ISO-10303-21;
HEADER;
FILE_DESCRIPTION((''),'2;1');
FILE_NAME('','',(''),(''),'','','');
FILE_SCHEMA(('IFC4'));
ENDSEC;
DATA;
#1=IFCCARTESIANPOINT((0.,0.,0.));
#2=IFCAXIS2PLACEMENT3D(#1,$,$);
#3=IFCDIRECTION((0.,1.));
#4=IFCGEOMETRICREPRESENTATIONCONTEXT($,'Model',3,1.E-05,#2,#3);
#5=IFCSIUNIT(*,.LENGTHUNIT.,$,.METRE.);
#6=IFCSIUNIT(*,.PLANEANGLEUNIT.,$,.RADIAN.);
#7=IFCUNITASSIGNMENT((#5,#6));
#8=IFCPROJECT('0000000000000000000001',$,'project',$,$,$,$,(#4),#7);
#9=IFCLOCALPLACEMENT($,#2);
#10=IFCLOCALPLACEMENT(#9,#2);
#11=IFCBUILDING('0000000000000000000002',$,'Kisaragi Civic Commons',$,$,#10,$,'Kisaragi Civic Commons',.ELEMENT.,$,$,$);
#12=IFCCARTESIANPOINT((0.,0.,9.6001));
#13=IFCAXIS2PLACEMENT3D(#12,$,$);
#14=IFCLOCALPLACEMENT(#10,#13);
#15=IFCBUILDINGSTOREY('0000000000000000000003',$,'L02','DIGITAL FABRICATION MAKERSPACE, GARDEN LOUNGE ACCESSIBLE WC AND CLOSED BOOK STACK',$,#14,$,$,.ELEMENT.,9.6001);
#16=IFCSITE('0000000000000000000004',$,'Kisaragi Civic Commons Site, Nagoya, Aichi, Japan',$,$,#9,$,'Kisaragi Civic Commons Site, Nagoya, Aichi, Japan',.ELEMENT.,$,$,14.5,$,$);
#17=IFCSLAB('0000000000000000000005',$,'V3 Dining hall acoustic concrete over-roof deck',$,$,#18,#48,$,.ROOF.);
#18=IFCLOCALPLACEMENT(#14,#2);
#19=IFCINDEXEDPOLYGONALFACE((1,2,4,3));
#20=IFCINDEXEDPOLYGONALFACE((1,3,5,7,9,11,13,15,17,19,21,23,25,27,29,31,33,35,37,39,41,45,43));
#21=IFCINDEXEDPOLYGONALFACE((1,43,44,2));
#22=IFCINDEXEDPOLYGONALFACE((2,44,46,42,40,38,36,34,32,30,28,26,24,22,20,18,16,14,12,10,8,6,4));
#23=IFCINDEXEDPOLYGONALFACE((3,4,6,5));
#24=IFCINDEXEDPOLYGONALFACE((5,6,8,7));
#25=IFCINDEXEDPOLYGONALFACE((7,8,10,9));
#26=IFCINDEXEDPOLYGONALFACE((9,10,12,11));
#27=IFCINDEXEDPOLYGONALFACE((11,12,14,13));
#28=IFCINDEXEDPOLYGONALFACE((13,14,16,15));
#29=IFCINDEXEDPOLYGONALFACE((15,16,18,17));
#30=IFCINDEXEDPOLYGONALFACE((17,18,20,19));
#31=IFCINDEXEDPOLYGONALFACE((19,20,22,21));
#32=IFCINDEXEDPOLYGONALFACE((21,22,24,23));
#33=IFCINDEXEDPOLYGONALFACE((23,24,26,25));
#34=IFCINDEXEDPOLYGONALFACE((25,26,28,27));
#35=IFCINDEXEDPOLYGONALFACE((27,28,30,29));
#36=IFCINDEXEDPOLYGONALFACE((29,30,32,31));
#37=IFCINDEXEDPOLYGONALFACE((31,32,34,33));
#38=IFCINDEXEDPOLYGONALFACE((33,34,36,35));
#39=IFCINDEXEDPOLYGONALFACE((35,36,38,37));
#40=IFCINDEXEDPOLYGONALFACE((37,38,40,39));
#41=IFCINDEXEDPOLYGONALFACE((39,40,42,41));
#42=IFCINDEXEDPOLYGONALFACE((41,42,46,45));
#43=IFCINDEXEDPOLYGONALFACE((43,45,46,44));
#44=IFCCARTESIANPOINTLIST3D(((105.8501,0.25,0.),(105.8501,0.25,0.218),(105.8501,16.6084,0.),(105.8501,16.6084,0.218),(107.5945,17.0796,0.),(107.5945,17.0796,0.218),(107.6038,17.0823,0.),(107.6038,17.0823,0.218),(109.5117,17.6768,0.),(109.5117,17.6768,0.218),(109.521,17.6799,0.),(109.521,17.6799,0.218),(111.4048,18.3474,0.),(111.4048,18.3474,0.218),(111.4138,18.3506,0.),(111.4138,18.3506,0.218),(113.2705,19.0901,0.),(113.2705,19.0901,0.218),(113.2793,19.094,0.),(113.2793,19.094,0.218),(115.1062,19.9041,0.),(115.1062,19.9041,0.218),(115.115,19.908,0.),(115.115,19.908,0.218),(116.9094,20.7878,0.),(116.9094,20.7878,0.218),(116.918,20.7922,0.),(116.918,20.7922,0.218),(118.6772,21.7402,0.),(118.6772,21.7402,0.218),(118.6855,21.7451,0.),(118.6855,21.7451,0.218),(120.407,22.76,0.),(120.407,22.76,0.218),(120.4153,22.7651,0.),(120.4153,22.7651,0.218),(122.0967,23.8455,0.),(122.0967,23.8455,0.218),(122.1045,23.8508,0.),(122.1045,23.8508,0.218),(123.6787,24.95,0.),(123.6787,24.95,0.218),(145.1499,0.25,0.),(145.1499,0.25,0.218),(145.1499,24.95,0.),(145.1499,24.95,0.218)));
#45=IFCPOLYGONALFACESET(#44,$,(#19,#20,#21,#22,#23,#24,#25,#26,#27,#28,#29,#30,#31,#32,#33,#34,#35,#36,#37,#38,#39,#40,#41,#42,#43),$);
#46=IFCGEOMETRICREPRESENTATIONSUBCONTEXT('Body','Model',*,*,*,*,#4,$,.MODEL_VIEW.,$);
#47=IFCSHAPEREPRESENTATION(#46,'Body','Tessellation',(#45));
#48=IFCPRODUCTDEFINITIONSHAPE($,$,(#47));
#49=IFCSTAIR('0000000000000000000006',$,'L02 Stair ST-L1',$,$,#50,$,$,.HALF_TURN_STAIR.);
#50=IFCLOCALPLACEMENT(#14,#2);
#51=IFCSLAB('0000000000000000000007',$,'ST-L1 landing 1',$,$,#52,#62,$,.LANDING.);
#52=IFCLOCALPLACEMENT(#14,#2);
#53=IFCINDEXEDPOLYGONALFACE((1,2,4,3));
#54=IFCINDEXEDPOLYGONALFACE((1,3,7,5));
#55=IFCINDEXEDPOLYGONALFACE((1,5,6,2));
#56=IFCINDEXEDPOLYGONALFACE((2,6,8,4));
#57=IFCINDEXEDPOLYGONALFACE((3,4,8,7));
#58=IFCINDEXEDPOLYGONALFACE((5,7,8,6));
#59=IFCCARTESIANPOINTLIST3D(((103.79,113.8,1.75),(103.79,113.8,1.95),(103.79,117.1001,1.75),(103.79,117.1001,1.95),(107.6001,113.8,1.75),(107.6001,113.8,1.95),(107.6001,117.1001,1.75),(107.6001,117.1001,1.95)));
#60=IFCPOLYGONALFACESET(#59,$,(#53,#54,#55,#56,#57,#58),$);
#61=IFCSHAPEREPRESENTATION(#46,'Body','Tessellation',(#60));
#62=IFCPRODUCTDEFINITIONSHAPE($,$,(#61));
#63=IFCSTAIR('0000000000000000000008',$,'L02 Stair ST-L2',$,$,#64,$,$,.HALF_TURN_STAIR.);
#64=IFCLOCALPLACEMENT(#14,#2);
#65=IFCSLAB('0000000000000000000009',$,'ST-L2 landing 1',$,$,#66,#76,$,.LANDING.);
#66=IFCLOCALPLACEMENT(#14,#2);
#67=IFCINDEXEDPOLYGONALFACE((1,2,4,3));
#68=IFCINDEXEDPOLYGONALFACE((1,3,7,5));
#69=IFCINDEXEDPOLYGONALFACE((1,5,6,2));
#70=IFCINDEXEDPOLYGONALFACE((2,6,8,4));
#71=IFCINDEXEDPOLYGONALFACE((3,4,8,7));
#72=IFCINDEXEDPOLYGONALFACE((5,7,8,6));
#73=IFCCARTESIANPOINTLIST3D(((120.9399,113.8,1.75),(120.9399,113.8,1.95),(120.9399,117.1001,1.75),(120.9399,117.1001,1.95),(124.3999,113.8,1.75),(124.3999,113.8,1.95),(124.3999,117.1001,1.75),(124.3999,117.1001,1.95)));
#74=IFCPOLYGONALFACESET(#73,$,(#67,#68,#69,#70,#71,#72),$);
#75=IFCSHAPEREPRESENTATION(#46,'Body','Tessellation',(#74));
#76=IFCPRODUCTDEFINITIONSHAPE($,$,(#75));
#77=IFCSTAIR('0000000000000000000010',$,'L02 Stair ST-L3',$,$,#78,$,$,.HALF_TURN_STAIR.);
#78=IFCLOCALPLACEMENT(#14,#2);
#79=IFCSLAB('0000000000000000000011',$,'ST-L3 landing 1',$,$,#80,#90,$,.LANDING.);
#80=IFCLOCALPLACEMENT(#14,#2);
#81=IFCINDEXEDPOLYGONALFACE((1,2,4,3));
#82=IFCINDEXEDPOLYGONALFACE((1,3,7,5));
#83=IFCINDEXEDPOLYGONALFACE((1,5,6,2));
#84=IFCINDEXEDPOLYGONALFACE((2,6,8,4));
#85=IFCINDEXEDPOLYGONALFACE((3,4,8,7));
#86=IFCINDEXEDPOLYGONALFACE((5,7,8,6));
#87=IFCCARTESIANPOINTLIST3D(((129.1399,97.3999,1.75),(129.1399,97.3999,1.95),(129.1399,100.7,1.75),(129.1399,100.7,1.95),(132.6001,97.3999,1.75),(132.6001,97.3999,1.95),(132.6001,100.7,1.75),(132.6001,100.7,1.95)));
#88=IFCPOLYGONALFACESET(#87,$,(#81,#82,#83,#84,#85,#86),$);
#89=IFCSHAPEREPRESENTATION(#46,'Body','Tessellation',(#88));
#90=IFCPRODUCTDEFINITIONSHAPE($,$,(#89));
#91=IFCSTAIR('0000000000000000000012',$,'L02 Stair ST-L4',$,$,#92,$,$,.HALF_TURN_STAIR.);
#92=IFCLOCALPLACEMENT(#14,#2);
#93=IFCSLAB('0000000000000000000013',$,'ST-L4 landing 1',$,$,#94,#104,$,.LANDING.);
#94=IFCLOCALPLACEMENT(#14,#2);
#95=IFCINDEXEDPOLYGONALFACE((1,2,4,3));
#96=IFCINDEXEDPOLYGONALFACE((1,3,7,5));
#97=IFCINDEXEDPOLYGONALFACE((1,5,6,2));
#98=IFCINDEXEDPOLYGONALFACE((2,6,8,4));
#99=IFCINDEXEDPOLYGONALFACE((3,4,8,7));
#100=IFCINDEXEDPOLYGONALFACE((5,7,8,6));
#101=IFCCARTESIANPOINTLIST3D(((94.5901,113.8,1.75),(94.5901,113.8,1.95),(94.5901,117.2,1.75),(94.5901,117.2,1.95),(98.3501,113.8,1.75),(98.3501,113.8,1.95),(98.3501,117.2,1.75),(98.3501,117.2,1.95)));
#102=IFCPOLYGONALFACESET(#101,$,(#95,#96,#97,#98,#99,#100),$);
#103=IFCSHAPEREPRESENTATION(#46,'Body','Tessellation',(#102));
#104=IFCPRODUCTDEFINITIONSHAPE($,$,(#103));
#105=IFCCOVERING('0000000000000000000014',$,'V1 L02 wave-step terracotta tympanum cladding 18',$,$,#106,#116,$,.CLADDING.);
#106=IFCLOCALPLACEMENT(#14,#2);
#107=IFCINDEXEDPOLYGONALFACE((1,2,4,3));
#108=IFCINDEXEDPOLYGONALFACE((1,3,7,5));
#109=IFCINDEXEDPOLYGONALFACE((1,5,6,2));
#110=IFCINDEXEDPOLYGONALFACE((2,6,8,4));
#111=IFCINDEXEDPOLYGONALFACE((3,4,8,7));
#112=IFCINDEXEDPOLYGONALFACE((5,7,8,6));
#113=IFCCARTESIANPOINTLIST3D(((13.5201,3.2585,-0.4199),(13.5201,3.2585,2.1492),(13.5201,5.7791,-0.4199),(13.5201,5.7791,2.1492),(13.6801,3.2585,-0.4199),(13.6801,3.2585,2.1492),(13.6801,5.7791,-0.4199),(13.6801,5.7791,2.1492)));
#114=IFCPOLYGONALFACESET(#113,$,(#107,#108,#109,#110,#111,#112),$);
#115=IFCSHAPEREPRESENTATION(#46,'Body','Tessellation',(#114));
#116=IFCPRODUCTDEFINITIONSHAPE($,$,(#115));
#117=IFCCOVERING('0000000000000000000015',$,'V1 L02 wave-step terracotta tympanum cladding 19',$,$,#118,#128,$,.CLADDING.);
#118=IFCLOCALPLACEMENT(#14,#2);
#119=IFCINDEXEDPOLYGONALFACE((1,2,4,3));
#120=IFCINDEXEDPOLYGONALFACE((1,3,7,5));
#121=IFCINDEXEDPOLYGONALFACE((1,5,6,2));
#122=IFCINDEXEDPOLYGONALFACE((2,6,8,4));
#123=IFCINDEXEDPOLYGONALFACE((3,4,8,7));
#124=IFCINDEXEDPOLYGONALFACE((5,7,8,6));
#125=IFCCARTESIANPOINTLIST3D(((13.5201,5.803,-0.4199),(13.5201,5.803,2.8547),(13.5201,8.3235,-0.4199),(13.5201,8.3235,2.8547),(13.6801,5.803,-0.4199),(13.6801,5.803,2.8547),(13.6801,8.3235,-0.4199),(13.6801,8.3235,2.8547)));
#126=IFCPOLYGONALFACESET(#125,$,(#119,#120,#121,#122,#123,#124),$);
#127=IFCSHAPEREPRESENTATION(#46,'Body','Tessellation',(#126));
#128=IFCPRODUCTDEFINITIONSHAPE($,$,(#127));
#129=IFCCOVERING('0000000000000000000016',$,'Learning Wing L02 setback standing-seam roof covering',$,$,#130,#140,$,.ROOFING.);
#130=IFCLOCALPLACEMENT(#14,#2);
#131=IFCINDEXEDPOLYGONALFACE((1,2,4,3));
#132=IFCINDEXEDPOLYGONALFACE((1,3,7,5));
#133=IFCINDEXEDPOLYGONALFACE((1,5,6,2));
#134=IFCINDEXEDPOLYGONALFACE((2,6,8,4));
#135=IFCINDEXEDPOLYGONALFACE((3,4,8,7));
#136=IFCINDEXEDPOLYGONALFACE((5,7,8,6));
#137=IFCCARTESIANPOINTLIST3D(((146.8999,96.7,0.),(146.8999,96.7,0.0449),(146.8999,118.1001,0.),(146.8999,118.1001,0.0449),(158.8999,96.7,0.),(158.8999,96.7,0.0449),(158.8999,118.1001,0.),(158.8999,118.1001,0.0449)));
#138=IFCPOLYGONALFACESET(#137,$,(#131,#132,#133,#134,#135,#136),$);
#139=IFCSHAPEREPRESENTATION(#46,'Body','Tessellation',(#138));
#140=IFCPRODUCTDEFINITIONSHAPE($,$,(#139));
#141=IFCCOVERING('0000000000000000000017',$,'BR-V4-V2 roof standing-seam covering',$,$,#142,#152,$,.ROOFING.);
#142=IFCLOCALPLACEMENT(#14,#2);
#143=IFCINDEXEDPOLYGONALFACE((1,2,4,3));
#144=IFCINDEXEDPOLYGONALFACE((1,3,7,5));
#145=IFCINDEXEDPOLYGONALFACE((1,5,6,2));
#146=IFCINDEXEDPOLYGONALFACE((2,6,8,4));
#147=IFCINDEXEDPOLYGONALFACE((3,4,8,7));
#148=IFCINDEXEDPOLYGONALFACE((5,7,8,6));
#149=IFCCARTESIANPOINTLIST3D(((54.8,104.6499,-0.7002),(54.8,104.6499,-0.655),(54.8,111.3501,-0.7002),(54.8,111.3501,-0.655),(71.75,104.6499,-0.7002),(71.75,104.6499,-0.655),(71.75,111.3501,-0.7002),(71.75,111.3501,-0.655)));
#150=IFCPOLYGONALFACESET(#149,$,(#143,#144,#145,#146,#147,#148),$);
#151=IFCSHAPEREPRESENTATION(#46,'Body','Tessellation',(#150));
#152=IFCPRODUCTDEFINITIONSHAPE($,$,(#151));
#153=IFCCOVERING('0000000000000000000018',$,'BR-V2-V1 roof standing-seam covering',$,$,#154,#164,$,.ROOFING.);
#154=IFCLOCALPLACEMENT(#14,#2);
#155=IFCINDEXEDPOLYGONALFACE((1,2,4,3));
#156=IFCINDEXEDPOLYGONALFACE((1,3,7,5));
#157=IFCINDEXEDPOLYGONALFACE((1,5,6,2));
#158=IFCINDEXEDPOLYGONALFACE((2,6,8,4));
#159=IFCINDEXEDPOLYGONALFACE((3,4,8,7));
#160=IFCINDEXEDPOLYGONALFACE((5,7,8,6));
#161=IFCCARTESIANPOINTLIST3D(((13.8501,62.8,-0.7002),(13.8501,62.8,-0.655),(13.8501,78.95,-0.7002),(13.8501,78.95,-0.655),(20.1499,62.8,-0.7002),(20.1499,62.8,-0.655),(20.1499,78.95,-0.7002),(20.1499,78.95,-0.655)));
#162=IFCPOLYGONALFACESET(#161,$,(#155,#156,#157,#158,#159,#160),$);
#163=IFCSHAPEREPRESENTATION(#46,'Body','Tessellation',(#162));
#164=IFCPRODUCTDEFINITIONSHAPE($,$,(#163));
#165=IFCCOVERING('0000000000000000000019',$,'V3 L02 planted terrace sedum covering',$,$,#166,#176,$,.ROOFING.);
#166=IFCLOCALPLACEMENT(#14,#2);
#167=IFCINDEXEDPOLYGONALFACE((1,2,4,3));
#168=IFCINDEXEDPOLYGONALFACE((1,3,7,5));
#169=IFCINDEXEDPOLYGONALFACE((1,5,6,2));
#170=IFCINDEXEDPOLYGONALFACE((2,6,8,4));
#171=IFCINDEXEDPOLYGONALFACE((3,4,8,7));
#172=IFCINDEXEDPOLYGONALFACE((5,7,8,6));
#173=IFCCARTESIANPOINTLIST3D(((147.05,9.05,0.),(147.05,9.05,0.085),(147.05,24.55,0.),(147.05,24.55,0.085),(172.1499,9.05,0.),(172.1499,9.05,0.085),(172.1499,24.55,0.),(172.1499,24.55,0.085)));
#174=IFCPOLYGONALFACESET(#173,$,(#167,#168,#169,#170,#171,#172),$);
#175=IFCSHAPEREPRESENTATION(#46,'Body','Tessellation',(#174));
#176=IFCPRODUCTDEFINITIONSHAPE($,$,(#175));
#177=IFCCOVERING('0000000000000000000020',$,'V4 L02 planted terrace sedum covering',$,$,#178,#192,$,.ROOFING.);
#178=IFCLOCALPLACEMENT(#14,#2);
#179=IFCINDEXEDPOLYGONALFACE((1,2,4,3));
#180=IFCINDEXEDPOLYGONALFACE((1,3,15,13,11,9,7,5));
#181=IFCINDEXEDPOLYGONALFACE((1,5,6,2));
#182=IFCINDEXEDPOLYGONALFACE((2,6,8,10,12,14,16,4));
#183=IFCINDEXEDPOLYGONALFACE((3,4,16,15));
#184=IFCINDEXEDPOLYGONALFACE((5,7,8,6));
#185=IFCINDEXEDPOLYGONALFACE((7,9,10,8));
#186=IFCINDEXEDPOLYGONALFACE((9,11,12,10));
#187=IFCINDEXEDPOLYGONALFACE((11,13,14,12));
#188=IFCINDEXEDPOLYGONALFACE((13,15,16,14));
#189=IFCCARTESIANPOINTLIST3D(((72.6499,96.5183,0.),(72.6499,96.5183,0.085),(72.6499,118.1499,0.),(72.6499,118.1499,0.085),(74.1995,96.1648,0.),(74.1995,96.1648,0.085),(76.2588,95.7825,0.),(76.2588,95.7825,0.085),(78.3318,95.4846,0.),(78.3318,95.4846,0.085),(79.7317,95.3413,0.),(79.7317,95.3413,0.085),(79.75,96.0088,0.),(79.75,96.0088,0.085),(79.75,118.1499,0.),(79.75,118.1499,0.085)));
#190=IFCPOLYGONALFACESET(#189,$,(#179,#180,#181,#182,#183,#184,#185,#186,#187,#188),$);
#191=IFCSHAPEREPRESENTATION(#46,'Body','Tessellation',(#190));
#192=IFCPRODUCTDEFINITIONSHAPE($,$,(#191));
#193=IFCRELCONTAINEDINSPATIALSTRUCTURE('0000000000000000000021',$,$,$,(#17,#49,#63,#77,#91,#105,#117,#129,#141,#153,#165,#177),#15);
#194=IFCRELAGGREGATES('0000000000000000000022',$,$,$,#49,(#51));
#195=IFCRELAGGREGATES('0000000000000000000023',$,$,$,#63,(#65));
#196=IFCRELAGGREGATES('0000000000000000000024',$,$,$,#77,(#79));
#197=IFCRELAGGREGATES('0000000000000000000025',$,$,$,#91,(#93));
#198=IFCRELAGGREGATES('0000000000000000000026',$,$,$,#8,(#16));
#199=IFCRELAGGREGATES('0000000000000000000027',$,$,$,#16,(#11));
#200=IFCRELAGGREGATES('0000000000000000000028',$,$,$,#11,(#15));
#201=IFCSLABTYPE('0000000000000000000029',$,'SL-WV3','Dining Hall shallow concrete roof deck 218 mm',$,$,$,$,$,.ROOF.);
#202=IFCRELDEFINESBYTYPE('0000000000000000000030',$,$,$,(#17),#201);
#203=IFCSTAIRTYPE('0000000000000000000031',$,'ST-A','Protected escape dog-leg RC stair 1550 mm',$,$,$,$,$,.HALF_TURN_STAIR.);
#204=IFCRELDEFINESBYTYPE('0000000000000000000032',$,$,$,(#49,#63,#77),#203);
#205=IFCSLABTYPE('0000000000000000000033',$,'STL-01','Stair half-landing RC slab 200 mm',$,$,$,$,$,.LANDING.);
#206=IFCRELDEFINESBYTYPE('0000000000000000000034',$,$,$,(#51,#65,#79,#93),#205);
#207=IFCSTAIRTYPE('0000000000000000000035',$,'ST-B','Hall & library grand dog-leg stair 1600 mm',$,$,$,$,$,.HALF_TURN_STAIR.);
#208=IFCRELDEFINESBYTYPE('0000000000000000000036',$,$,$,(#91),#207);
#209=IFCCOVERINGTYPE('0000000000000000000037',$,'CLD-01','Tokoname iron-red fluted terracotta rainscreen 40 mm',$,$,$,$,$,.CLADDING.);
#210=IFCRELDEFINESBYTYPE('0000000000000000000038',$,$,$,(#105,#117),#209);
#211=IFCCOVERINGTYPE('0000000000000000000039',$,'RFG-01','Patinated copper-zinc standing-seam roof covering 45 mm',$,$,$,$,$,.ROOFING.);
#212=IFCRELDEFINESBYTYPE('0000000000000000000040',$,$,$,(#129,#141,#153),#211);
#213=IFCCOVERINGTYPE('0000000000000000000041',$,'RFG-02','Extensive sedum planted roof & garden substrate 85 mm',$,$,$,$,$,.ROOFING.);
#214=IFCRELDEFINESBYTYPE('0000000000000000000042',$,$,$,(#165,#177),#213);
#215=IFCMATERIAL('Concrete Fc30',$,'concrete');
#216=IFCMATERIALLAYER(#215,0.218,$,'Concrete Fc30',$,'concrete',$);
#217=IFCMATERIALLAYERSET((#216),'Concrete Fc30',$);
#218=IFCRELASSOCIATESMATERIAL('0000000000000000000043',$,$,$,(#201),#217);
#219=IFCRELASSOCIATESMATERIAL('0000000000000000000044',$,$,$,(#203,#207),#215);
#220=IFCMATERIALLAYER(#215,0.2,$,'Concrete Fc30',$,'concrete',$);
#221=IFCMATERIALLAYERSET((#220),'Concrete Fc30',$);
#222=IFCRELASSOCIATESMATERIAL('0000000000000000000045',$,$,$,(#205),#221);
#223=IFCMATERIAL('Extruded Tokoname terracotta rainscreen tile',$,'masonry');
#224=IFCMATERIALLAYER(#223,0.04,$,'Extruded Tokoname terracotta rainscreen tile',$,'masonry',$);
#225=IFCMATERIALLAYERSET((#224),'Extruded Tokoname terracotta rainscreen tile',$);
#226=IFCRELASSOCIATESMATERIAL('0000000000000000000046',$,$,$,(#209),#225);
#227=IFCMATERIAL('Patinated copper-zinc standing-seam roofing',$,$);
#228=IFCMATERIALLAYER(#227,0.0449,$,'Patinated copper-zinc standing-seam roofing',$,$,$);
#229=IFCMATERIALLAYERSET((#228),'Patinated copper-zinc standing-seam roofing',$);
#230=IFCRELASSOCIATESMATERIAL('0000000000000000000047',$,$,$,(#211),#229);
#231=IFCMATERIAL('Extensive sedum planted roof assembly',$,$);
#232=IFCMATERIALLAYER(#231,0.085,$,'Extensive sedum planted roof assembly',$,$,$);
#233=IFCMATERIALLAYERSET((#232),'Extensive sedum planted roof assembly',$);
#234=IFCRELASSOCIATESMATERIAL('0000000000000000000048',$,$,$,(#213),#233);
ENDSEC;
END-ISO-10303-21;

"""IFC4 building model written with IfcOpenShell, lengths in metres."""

from ifc_helpers import new_model, si_unit, direction, frame, origin, origin_2d, place, context, subcontext, project, spatial, polyline, rectangle, outline, extrude, material, layer, layer_set, type_object, element, aggregate, save


model = new_model("IFC4")

# Units and contexts
model_context = context("Model", 3, precision=1e-05, world=origin(), true_north=direction((0.0, 1.0)))
body_context = subcontext(model_context, "Body", "Model", "MODEL_VIEW")
ifc_project = project(units=[si_unit("LENGTHUNIT", "METRE"), si_unit("PLANEANGLEUNIT", "RADIAN")], contexts=[model_context])

# Site, building, storey
site_placement = place(None, origin())
site = spatial("IfcSite", under=ifc_project, at=site_placement, Name="Kisaragi Civic Commons Site, Nagoya, Aichi, Japan", LongName="Kisaragi Civic Commons Site, Nagoya, Aichi, Japan", CompositionType="ELEMENT", RefElevation=14.5)
building_placement = place(site_placement, origin())
building = spatial("IfcBuilding", under=site, at=building_placement, Name="Kisaragi Civic Commons", LongName="Kisaragi Civic Commons", CompositionType="ELEMENT")
storey_placement = place(building_placement, frame((0.0, 0.0, 9.6001)))
storey = spatial("IfcBuildingStorey", under=building, at=storey_placement, Name="L02", Description="DIGITAL FABRICATION MAKERSPACE, GARDEN LOUNGE ACCESSIBLE WC AND CLOSED BOOK STACK", CompositionType="ELEMENT", Elevation=9.6001)

# Slab
ifc_material_1 = material(Name="Concrete Fc30", Category="concrete")
ifc_layer_1 = layer(ifc_material_1, 0.218, Name="Concrete Fc30", Category="concrete")
ifc_layer_set_1 = layer_set([ifc_layer_1], Name="Concrete Fc30")
slab_type_1 = type_object("IfcSlabType", Name="SL-WV3", Description="Dining Hall shallow concrete roof deck 218 mm", PredefinedType="ROOF", material=ifc_layer_set_1)
slab_1_placement = place(storey_placement, origin())
element("IfcSlab", 1, at=slab_1_placement, inside=storey, type_object=slab_type_1, Name="V3 Dining hall acoustic concrete over-roof deck", PredefinedType="ROOF", context=body_context, shape_type="SweptSolid", body=[
    extrude(outline(polyline([(145.1499, 0.25), (145.1499, 24.95), (123.6787, 24.95), (122.1045, 23.8508), (122.0967, 23.8455), (120.4153, 22.7651), (120.407, 22.76), (118.6855, 21.7451), (118.6772, 21.7402), (116.918, 20.7922), (116.9094, 20.7878), (115.115, 19.908), (115.1062, 19.9041), (113.2793, 19.094), (113.2705, 19.0901), (111.4138, 18.3506), (111.4048, 18.3474), (109.521, 17.6799), (109.5117, 17.6768), (107.6038, 17.0823), (107.5945, 17.0796), (105.8501, 16.6084), (105.8501, 0.25), (145.1499, 0.25)])), origin(), (0.0, 0.0, 1.0), 0.218),
])

# Stairs, slabs
stair_type_1 = type_object("IfcStairType", Name="ST-A", Description="Protected escape dog-leg RC stair 1550 mm", PredefinedType="HALF_TURN_STAIR", material=ifc_material_1)
stair_1_placement = place(storey_placement, origin())
stair_1 = element("IfcStair", 2, at=stair_1_placement, inside=storey, type_object=stair_type_1, Name="L02 Stair ST-L1", PredefinedType="HALF_TURN_STAIR")
ifc_layer_2 = layer(ifc_material_1, 0.2, Name="Concrete Fc30", Category="concrete")
ifc_layer_set_2 = layer_set([ifc_layer_2], Name="Concrete Fc30")
slab_type_2 = type_object("IfcSlabType", Name="STL-01", Description="Stair half-landing RC slab 200 mm", PredefinedType="LANDING", material=ifc_layer_set_2)
slab_2_placement = place(storey_placement, frame((0.0, 0.0, 1.75)))
slab_2 = element("IfcSlab", 3, at=slab_2_placement, type_object=slab_type_2, Name="ST-L1 landing 1", PredefinedType="LANDING", context=body_context, shape_type="SweptSolid", body=[
    extrude(outline(polyline([(103.79, 113.8), (107.6001, 113.8), (107.6001, 117.1001), (103.79, 117.1001), (103.79, 113.8)])), origin(), (0.0, 0.0, 1.0), 0.2),
])
aggregate(stair_1, [slab_2])
stair_2_placement = place(storey_placement, origin())
stair_2 = element("IfcStair", 4, at=stair_2_placement, inside=storey, type_object=stair_type_1, Name="L02 Stair ST-L2", PredefinedType="HALF_TURN_STAIR")
slab_3_placement = place(storey_placement, frame((0.0, 0.0, 1.75)))
slab_3 = element("IfcSlab", 5, at=slab_3_placement, type_object=slab_type_2, Name="ST-L2 landing 1", PredefinedType="LANDING", context=body_context, shape_type="SweptSolid", body=[
    extrude(outline(polyline([(120.9399, 113.8), (124.3999, 113.8), (124.3999, 117.1001), (120.9399, 117.1001), (120.9399, 113.8)])), origin(), (0.0, 0.0, 1.0), 0.2),
])
aggregate(stair_2, [slab_3])
stair_3_placement = place(storey_placement, origin())
stair_3 = element("IfcStair", 6, at=stair_3_placement, inside=storey, type_object=stair_type_1, Name="L02 Stair ST-L3", PredefinedType="HALF_TURN_STAIR")
slab_4_placement = place(storey_placement, frame((0.0, 0.0, 1.75)))
slab_4 = element("IfcSlab", 7, at=slab_4_placement, type_object=slab_type_2, Name="ST-L3 landing 1", PredefinedType="LANDING", context=body_context, shape_type="SweptSolid", body=[
    extrude(outline(polyline([(129.1399, 97.3999), (132.6001, 97.3999), (132.6001, 100.7), (129.1399, 100.7), (129.1399, 97.3999)])), origin(), (0.0, 0.0, 1.0), 0.2),
])
aggregate(stair_3, [slab_4])
stair_type_2 = type_object("IfcStairType", Name="ST-B", Description="Hall & library grand dog-leg stair 1600 mm", PredefinedType="HALF_TURN_STAIR", material=ifc_material_1)
stair_4_placement = place(storey_placement, origin())
stair_4 = element("IfcStair", 8, at=stair_4_placement, inside=storey, type_object=stair_type_2, Name="L02 Stair ST-L4", PredefinedType="HALF_TURN_STAIR")
slab_5_placement = place(storey_placement, frame((0.0, 0.0, 1.75)))
slab_5 = element("IfcSlab", 9, at=slab_5_placement, type_object=slab_type_2, Name="ST-L4 landing 1", PredefinedType="LANDING", context=body_context, shape_type="SweptSolid", body=[
    extrude(outline(polyline([(94.5901, 113.8), (98.3501, 113.8), (98.3501, 117.2), (94.5901, 117.2), (94.5901, 113.8)])), origin(), (0.0, 0.0, 1.0), 0.2),
])
aggregate(stair_4, [slab_5])

# Coverings
ifc_material_2 = material(Name="Extruded Tokoname terracotta rainscreen tile", Category="masonry")
ifc_layer_3 = layer(ifc_material_2, 0.04, Name="Extruded Tokoname terracotta rainscreen tile", Category="masonry")
ifc_layer_set_3 = layer_set([ifc_layer_3], Name="Extruded Tokoname terracotta rainscreen tile")
covering_type_1 = type_object("IfcCoveringType", Name="CLD-01", Description="Tokoname iron-red fluted terracotta rainscreen 40 mm", PredefinedType="CLADDING", material=ifc_layer_set_3)
covering_1_placement = place(storey_placement, frame((13.6001, 4.5188, -0.4199), z_axis=(0.0, 0.0, 1.0), x_axis=(0.0, 1.0, 0.0)))
element("IfcCovering", 10, at=covering_1_placement, inside=storey, type_object=covering_type_1, Name="V1 L02 wave-step terracotta tympanum cladding 18", PredefinedType="CLADDING", context=body_context, shape_type="SweptSolid", body=[
    extrude(rectangle(XDim=2.5205, YDim=0.1599, at=origin_2d()), origin(), (0.0, 0.0, 1.0), 2.5691),
])
covering_2_placement = place(storey_placement, frame((13.6001, 7.0632, -0.4199), z_axis=(0.0, 0.0, 1.0), x_axis=(0.0, 1.0, 0.0)))
element("IfcCovering", 11, at=covering_2_placement, inside=storey, type_object=covering_type_1, Name="V1 L02 wave-step terracotta tympanum cladding 19", PredefinedType="CLADDING", context=body_context, shape_type="SweptSolid", body=[
    extrude(rectangle(XDim=2.5205, YDim=0.1599, at=origin_2d()), origin(), (0.0, 0.0, 1.0), 3.2747),
])
ifc_material_3 = material(Name="Patinated copper-zinc standing-seam roofing")
ifc_layer_4 = layer(ifc_material_3, 0.0449, Name="Patinated copper-zinc standing-seam roofing")
ifc_layer_set_4 = layer_set([ifc_layer_4], Name="Patinated copper-zinc standing-seam roofing")
covering_type_2 = type_object("IfcCoveringType", Name="RFG-01", Description="Patinated copper-zinc standing-seam roof covering 45 mm", PredefinedType="ROOFING", material=ifc_layer_set_4)
covering_3_placement = place(storey_placement, origin())
element("IfcCovering", 12, at=covering_3_placement, inside=storey, type_object=covering_type_2, Name="Learning Wing L02 setback standing-seam roof covering", PredefinedType="ROOFING", context=body_context, shape_type="SweptSolid", body=[
    extrude(outline(polyline([(146.8999, 96.7), (158.8999, 96.7), (158.8999, 118.1001), (146.8999, 118.1001), (146.8999, 96.7)])), origin(), (0.0, 0.0, 1.0), 0.0449),
])
covering_4_placement = place(storey_placement, frame((0.0, 0.0, -0.7002)))
element("IfcCovering", 13, at=covering_4_placement, inside=storey, type_object=covering_type_2, Name="BR-V4-V2 roof standing-seam covering", PredefinedType="ROOFING", context=body_context, shape_type="SweptSolid", body=[
    extrude(outline(polyline([(54.8, 104.6499), (71.75, 104.6499), (71.75, 111.3501), (54.8, 111.3501), (54.8, 104.6499)])), origin(), (0.0, 0.0, 1.0), 0.0452),
])
covering_5_placement = place(storey_placement, frame((0.0, 0.0, -0.7002)))
element("IfcCovering", 14, at=covering_5_placement, inside=storey, type_object=covering_type_2, Name="BR-V2-V1 roof standing-seam covering", PredefinedType="ROOFING", context=body_context, shape_type="SweptSolid", body=[
    extrude(outline(polyline([(13.8501, 62.8), (20.1499, 62.8), (20.1499, 78.95), (13.8501, 78.95), (13.8501, 62.8)])), origin(), (0.0, 0.0, 1.0), 0.0452),
])
ifc_material_4 = material(Name="Extensive sedum planted roof assembly")
ifc_layer_5 = layer(ifc_material_4, 0.085, Name="Extensive sedum planted roof assembly")
ifc_layer_set_5 = layer_set([ifc_layer_5], Name="Extensive sedum planted roof assembly")
covering_type_3 = type_object("IfcCoveringType", Name="RFG-02", Description="Extensive sedum planted roof & garden substrate 85 mm", PredefinedType="ROOFING", material=ifc_layer_set_5)
covering_6_placement = place(storey_placement, origin())
element("IfcCovering", 15, at=covering_6_placement, inside=storey, type_object=covering_type_3, Name="V3 L02 planted terrace sedum covering", PredefinedType="ROOFING", context=body_context, shape_type="SweptSolid", body=[
    extrude(outline(polyline([(147.05, 9.05), (147.05, 24.55), (172.1499, 24.55), (172.1499, 9.05), (147.05, 9.05)])), origin(), (0.0, 0.0, 1.0), 0.085),
])
covering_7_placement = place(storey_placement, origin())
element("IfcCovering", 16, at=covering_7_placement, inside=storey, type_object=covering_type_3, Name="V4 L02 planted terrace sedum covering", PredefinedType="ROOFING", context=body_context, shape_type="SweptSolid", body=[
    extrude(outline(polyline([(72.6499, 96.5183), (72.6499, 118.1499), (79.75, 118.1499), (79.75, 96.0088), (79.7317, 95.3413), (78.3318, 95.4846), (76.2588, 95.7825), (74.1995, 96.1648), (72.6499, 96.5183)])), origin(), (0.0, 0.0, 1.0), 0.085),
])

save(model, "model.ifc")
